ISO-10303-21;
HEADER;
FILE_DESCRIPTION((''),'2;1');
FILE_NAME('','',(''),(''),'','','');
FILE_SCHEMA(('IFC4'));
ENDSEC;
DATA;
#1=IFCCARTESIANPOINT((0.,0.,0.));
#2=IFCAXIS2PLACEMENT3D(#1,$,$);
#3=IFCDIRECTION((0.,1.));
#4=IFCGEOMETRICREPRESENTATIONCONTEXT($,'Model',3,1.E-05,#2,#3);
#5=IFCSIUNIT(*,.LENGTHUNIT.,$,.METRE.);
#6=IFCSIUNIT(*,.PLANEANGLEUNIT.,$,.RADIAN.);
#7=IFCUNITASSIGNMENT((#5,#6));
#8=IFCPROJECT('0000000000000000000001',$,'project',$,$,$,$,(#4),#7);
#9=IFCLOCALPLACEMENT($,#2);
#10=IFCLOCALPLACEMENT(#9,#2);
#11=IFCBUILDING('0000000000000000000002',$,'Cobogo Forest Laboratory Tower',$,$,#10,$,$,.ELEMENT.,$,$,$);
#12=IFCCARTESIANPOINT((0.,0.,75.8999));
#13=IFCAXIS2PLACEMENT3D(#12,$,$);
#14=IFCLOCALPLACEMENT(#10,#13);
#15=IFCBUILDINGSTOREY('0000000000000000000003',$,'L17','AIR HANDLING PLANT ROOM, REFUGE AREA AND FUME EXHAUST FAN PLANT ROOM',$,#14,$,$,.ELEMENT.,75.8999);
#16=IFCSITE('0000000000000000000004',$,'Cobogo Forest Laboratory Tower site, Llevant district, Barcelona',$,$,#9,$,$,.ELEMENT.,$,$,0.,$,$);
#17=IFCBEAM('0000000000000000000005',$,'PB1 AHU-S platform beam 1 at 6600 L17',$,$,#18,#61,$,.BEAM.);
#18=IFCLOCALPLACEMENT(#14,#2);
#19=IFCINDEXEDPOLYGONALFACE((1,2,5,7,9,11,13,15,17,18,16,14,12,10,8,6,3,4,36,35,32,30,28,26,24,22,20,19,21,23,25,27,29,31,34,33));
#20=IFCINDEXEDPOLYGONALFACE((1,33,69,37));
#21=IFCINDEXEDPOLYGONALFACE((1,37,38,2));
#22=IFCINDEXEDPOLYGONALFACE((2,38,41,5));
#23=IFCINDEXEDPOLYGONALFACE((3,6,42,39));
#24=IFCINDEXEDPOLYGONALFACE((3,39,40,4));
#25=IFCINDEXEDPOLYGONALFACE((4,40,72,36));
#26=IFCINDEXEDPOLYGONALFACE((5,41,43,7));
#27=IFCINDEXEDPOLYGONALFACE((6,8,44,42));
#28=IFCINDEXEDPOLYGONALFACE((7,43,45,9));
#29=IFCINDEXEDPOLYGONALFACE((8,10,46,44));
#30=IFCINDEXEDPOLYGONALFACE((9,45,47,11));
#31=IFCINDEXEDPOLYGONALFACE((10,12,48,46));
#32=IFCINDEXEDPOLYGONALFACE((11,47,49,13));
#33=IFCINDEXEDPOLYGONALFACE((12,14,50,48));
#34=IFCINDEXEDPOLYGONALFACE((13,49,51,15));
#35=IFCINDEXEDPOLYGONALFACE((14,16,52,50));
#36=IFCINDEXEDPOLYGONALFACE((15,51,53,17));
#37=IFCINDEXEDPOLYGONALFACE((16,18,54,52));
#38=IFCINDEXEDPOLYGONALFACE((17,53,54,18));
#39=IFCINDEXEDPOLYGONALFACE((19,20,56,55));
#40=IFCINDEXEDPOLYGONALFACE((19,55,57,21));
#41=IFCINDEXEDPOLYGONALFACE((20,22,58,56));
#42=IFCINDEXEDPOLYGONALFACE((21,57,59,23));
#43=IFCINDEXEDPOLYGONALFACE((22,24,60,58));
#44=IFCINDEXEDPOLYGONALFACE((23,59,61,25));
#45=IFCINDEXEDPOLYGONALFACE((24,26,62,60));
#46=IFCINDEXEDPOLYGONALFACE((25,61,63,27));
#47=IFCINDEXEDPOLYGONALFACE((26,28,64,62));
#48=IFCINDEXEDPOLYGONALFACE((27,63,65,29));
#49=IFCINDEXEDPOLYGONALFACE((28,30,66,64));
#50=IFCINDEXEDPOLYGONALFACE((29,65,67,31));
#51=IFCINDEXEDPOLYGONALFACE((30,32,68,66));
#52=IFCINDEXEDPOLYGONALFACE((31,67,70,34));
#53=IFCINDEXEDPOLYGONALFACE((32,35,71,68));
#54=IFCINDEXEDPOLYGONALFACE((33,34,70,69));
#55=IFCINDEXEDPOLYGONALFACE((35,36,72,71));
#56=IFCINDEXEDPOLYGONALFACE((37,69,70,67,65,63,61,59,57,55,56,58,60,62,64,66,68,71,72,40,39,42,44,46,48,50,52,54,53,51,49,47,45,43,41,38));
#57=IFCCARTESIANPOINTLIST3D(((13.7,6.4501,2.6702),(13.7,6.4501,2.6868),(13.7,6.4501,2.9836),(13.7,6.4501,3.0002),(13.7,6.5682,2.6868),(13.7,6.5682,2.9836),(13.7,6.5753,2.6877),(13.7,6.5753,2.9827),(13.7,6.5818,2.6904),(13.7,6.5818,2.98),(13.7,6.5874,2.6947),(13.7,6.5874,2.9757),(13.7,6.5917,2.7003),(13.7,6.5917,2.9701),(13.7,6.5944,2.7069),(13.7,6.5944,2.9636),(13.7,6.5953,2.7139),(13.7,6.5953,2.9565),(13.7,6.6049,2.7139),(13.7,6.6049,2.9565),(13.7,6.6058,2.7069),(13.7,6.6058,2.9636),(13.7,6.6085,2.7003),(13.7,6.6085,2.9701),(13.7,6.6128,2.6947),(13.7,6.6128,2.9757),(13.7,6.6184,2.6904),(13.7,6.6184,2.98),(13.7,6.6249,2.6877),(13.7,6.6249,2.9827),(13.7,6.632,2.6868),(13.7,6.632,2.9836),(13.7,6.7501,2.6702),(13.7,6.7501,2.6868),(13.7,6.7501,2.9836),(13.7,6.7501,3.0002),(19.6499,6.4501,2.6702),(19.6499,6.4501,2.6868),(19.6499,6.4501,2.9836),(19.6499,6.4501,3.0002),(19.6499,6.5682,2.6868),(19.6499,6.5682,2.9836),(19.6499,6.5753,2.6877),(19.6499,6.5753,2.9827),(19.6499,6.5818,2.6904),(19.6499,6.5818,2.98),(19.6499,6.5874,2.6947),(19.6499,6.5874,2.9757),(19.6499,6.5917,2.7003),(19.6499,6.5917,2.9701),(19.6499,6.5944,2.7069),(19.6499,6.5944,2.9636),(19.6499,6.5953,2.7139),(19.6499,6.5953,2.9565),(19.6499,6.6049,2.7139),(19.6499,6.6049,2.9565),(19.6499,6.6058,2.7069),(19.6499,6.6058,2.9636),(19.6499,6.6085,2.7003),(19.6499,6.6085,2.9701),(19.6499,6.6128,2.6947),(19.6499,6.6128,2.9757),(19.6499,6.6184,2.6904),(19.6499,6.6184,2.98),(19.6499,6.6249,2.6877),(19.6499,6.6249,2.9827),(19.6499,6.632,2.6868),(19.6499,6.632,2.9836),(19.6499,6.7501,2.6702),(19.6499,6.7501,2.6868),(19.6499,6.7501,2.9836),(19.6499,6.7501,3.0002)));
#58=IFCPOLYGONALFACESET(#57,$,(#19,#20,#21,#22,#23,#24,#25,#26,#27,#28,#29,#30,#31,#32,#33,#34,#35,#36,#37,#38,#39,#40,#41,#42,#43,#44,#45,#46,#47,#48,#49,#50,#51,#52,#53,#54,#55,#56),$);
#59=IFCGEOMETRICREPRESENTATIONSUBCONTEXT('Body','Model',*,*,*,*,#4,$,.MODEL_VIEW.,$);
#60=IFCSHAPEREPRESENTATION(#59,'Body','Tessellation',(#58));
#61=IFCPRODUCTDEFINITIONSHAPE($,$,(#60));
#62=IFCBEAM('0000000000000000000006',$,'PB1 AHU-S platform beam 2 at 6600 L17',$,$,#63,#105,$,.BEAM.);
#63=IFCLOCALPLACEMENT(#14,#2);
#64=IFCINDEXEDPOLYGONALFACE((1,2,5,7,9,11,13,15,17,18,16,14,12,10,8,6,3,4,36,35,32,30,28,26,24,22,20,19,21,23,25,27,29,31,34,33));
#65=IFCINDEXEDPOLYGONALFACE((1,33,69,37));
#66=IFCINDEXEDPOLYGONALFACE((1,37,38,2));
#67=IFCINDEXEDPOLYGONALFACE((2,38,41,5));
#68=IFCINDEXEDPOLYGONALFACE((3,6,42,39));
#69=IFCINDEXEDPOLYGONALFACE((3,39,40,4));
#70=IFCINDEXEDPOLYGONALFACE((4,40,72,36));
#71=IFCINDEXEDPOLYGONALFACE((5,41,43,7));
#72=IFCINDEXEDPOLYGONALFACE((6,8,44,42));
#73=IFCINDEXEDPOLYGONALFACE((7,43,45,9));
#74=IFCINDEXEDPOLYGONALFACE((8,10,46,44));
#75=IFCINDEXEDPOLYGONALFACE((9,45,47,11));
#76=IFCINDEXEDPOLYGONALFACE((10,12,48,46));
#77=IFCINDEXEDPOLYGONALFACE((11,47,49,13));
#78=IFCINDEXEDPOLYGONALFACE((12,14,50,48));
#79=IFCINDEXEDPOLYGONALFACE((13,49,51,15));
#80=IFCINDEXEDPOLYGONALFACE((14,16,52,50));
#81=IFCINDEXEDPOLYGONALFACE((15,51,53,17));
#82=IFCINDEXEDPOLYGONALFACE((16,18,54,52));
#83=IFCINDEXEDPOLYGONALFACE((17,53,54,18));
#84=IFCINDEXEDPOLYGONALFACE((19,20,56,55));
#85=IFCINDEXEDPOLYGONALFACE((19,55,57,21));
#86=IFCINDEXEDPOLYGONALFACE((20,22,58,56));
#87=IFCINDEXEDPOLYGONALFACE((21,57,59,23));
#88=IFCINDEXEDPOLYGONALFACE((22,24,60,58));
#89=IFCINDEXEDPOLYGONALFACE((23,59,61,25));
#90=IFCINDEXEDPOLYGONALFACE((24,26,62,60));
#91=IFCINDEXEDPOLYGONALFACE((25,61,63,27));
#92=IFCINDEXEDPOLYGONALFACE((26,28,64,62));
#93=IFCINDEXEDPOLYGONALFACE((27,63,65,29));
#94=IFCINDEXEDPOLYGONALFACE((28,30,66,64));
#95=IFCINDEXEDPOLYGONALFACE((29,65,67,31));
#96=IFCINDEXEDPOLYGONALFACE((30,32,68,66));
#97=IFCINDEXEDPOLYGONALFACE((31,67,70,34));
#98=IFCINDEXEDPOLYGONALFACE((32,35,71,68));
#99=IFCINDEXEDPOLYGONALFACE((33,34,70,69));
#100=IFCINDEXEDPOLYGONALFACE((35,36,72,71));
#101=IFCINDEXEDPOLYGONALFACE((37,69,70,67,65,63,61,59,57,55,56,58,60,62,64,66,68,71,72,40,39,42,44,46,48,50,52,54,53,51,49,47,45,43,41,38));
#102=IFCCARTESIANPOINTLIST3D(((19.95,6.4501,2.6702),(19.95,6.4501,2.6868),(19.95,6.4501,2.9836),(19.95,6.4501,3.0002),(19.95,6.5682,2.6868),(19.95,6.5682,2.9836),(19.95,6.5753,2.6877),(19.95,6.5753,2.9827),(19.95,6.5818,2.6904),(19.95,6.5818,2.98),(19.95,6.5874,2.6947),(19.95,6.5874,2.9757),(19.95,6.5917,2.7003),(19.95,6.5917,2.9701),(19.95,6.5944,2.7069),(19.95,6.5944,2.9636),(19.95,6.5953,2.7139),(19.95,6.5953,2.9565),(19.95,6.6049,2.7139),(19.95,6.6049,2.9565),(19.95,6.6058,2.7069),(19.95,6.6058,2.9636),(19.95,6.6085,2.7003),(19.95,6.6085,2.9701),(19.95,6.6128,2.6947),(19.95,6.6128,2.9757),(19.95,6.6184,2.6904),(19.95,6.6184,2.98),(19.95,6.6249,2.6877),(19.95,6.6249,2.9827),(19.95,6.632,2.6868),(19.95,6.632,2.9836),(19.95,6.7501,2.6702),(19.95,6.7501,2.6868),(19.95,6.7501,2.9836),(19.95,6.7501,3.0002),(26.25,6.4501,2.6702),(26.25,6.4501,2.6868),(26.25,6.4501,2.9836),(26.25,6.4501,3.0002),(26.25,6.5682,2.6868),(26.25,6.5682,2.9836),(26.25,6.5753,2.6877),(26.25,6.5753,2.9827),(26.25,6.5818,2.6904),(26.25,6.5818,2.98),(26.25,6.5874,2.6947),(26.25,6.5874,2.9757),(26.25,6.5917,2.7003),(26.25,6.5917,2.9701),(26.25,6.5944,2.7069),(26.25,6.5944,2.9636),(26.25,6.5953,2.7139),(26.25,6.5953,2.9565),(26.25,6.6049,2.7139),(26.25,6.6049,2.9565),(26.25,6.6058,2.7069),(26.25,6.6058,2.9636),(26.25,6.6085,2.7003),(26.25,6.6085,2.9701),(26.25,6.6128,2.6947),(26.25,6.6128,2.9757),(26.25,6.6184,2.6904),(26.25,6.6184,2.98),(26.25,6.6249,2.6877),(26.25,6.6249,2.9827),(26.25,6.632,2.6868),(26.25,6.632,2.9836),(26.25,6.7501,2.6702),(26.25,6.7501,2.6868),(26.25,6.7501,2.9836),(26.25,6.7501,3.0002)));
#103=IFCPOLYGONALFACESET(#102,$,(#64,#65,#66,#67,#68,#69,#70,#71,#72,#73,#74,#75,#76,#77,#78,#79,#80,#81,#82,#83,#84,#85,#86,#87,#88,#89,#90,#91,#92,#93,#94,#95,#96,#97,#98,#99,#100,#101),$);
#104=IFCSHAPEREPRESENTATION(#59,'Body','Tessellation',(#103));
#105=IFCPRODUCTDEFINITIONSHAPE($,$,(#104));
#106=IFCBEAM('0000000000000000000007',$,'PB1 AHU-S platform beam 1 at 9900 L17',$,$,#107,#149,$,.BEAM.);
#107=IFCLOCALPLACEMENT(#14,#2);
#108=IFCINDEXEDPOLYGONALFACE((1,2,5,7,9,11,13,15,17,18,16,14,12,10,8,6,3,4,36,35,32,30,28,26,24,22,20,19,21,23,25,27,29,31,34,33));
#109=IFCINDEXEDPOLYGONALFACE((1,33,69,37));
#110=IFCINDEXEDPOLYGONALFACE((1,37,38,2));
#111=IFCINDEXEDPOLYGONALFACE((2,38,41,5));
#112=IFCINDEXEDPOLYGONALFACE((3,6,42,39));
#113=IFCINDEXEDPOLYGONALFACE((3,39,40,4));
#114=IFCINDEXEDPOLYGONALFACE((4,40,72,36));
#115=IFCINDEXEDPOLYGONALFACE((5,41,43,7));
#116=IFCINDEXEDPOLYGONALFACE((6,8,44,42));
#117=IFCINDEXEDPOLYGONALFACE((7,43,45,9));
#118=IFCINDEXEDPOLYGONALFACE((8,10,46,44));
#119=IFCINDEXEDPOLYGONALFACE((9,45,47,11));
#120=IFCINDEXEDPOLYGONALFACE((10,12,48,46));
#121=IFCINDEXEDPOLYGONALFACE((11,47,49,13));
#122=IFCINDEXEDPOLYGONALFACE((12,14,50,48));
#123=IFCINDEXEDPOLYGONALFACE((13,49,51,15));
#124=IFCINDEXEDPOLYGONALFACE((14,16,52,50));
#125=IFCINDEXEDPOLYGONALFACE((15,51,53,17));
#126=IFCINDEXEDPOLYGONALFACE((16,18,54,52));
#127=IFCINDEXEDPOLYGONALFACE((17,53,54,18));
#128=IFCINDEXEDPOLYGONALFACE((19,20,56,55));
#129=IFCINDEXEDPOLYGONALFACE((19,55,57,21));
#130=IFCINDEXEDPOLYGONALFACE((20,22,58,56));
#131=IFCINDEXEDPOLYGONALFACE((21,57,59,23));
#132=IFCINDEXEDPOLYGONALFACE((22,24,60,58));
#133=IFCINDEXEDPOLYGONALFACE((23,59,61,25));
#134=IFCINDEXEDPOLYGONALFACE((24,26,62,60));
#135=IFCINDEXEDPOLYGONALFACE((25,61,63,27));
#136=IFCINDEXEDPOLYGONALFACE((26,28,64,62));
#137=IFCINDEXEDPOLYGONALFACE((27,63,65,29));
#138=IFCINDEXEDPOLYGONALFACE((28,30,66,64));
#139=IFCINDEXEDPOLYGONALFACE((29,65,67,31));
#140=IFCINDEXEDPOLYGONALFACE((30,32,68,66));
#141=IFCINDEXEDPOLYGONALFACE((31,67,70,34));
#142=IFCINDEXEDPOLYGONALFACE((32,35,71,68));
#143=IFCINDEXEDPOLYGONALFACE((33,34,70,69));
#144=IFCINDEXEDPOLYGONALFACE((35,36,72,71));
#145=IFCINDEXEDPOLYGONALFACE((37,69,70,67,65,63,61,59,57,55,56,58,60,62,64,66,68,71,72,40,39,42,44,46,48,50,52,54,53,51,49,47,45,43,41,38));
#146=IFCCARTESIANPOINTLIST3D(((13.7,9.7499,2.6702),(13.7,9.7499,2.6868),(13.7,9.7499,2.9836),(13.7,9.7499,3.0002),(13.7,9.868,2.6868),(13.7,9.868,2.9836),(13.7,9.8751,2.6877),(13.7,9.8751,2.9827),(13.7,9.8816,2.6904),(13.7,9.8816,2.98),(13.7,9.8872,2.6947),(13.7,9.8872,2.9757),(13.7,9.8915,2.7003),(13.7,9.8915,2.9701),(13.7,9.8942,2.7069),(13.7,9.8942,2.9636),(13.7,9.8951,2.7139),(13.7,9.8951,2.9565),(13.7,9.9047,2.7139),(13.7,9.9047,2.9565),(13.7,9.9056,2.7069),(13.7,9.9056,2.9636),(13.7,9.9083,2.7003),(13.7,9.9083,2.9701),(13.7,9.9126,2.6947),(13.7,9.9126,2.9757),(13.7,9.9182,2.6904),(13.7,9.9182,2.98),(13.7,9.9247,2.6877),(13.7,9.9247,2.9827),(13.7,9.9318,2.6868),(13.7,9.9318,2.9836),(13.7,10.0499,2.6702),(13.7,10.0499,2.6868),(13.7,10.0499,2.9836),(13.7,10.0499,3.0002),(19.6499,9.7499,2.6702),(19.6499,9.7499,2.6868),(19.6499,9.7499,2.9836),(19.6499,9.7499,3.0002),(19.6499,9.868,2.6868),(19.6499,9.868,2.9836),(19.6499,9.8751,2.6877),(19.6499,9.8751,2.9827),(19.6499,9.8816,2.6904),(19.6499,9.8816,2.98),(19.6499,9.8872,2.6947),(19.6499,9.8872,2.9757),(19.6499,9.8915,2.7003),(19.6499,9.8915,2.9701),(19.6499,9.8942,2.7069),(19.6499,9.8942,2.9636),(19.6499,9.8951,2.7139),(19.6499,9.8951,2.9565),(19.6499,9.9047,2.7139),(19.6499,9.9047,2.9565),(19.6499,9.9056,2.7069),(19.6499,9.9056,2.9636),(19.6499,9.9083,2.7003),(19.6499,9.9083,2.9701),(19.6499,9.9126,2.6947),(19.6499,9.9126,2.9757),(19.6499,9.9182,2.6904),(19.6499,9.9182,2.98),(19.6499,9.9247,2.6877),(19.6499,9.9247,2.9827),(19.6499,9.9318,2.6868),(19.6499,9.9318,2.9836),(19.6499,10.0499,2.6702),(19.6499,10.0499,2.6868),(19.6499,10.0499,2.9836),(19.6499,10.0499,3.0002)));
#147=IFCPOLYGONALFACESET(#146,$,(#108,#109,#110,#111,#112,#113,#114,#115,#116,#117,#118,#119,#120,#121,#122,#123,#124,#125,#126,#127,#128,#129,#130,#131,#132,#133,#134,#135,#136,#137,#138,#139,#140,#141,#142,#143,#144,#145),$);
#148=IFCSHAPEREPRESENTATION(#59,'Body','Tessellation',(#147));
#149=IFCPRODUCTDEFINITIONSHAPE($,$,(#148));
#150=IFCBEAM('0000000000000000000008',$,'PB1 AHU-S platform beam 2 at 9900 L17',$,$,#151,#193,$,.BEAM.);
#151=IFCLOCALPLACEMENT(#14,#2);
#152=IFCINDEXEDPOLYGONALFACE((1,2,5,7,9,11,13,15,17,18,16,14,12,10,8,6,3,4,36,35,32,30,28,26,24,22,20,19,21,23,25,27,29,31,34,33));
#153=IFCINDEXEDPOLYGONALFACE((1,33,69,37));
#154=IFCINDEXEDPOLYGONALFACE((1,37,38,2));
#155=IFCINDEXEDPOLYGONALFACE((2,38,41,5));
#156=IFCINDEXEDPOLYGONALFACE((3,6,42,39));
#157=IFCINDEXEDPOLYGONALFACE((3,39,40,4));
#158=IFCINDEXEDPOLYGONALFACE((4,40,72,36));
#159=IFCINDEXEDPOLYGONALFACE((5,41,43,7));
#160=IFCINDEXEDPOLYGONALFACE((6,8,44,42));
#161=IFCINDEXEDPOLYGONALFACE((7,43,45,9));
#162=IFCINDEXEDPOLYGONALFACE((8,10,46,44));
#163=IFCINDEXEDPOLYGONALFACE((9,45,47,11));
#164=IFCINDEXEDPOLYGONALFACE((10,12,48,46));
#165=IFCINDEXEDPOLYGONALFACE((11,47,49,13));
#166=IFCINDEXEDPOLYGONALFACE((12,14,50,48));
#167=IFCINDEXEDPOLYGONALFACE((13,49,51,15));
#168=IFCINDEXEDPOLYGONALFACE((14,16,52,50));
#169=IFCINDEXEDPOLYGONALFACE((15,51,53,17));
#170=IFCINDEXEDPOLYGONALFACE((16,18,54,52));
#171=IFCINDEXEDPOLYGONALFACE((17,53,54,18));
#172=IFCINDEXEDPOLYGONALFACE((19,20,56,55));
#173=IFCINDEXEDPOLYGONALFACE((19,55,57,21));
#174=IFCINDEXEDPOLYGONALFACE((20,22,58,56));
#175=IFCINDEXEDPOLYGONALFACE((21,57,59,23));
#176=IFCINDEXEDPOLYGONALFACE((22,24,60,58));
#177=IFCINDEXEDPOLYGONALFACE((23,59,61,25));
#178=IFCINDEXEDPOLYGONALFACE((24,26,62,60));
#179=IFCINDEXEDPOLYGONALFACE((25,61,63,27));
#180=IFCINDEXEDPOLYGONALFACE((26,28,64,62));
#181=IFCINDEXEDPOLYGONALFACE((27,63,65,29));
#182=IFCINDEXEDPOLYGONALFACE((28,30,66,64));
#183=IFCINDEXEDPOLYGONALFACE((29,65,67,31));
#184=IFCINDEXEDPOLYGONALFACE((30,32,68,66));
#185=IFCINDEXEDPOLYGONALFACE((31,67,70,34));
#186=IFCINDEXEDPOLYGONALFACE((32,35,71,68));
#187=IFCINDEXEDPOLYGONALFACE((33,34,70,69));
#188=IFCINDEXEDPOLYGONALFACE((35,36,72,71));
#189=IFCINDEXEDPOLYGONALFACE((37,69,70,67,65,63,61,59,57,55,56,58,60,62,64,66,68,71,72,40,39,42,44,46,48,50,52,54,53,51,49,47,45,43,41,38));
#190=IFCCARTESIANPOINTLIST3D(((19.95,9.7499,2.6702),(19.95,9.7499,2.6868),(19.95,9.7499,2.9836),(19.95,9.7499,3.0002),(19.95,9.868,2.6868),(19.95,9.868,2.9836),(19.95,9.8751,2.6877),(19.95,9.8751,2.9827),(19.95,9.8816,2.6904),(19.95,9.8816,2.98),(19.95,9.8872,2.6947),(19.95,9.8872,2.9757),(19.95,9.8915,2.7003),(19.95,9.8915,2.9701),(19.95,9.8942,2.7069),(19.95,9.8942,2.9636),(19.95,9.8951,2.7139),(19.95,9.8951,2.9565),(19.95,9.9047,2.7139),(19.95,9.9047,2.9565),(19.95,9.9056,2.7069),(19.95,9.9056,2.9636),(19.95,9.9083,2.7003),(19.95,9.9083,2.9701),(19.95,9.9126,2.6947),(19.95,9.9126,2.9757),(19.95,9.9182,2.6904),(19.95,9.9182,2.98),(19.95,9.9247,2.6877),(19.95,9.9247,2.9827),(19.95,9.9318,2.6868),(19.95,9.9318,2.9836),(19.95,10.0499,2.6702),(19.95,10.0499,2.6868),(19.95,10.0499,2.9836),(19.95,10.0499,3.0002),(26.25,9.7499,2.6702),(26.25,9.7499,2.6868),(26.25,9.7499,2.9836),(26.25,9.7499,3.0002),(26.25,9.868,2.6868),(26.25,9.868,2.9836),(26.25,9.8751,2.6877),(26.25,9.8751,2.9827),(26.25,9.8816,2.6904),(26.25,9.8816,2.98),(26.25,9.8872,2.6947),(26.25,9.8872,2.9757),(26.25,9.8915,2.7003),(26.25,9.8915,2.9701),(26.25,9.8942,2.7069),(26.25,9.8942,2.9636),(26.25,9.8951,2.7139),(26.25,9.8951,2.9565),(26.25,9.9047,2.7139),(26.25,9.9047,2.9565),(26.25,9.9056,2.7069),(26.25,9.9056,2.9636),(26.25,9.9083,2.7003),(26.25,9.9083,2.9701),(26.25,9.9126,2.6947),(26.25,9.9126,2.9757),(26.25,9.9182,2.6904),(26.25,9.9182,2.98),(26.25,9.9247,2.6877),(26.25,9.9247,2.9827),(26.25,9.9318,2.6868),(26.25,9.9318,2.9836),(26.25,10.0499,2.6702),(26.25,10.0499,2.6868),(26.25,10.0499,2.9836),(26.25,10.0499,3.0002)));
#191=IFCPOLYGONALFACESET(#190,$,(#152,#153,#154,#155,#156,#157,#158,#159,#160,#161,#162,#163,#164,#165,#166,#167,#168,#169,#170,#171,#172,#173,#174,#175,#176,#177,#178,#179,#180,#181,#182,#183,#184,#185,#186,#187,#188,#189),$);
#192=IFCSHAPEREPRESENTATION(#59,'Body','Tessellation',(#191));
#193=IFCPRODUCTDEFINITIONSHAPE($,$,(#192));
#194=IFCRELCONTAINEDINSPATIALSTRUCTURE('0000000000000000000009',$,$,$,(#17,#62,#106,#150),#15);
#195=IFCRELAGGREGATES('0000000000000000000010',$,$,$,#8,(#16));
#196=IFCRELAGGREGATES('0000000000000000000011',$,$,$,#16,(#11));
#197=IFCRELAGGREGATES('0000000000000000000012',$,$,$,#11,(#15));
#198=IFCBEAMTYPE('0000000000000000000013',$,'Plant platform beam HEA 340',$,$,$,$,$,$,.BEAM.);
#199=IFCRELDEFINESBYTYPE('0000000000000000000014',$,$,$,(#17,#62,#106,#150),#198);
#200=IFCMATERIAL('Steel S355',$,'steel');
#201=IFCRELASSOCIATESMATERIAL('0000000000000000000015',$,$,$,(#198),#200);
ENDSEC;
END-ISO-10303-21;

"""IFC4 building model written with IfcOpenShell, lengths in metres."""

from ifc_helpers import new_model, si_unit, direction, frame, origin, origin_2d, place, context, subcontext, project, spatial, i_section, extrude, material, material_profile, profile_set, type_object, element, save


model = new_model("IFC4")

# Units and contexts
model_context = context("Model", 3, precision=1e-05, world=origin(), true_north=direction((0.0, 1.0)))
body_context = subcontext(model_context, "Body", "Model", "MODEL_VIEW")
ifc_project = project(units=[si_unit("LENGTHUNIT", "METRE"), si_unit("PLANEANGLEUNIT", "RADIAN")], contexts=[model_context])

# Site, building, storey
site_placement = place(None, origin())
site = spatial("IfcSite", under=ifc_project, at=site_placement, Name="Cobogo Forest Laboratory Tower site, Llevant district, Barcelona", CompositionType="ELEMENT", RefElevation=0.0)
building_placement = place(site_placement, origin())
building = spatial("IfcBuilding", under=site, at=building_placement, Name="Cobogo Forest Laboratory Tower", CompositionType="ELEMENT")
storey_placement = place(building_placement, frame((0.0, 0.0, 75.8999)))
storey = spatial("IfcBuildingStorey", under=building, at=storey_placement, Name="L17", Description="AIR HANDLING PLANT ROOM, REFUGE AREA AND FUME EXHAUST FAN PLANT ROOM", CompositionType="ELEMENT", Elevation=75.8999)

# Beams
ifc_material_1 = material(Name="Steel S355", Category="steel")
ifc_material_profile_1 = material_profile(ifc_material_1, i_section(OverallWidth=0.3, OverallDepth=0.3301, WebThickness=0.0095, FlangeThickness=0.0166, FilletRadius=0.0271, at=origin_2d()), Name="HEA 340")
ifc_profile_set_1 = profile_set([ifc_material_profile_1], Name="Steel S355")
beam_type_1 = type_object("IfcBeamType", Name="Plant platform beam HEA 340", PredefinedType="BEAM", material=ifc_profile_set_1)
beam_1_placement = place(storey_placement, frame((13.7, 6.6001, 2.8352), z_axis=(1.0, 0.0, 0.0), x_axis=(0.0, 1.0, 0.0)))
element("IfcBeam", 1, at=beam_1_placement, inside=storey, type_object=beam_type_1, Name="PB1 AHU-S platform beam 1 at 6600 L17", PredefinedType="BEAM", context=body_context, shape_type="SweptSolid", body=[
    extrude(i_section(OverallWidth=0.3, OverallDepth=0.3301, WebThickness=0.0095, FlangeThickness=0.0166, FilletRadius=0.0271, at=origin_2d()), origin(), (0.0, 0.0, 1.0), 5.95),
])
beam_2_placement = place(storey_placement, frame((19.95, 6.6001, 2.8352), z_axis=(1.0, 0.0, 0.0), x_axis=(0.0, 1.0, 0.0)))
element("IfcBeam", 2, at=beam_2_placement, inside=storey, type_object=beam_type_1, Name="PB1 AHU-S platform beam 2 at 6600 L17", PredefinedType="BEAM", context=body_context, shape_type="SweptSolid", body=[
    extrude(i_section(OverallWidth=0.3, OverallDepth=0.3301, WebThickness=0.0095, FlangeThickness=0.0166, FilletRadius=0.0271, at=origin_2d()), origin(), (0.0, 0.0, 1.0), 6.3),
])
beam_3_placement = place(storey_placement, frame((13.7, 9.8999, 2.8352), z_axis=(1.0, 0.0, 0.0), x_axis=(0.0, 1.0, 0.0)))
element("IfcBeam", 3, at=beam_3_placement, inside=storey, type_object=beam_type_1, Name="PB1 AHU-S platform beam 1 at 9900 L17", PredefinedType="BEAM", context=body_context, shape_type="SweptSolid", body=[
    extrude(i_section(OverallWidth=0.3, OverallDepth=0.3301, WebThickness=0.0095, FlangeThickness=0.0166, FilletRadius=0.0271, at=origin_2d()), origin(), (0.0, 0.0, 1.0), 5.95),
])
beam_4_placement = place(storey_placement, frame((19.95, 9.8999, 2.8352), z_axis=(1.0, 0.0, 0.0), x_axis=(0.0, 1.0, 0.0)))
element("IfcBeam", 4, at=beam_4_placement, inside=storey, type_object=beam_type_1, Name="PB1 AHU-S platform beam 2 at 9900 L17", PredefinedType="BEAM", context=body_context, shape_type="SweptSolid", body=[
    extrude(i_section(OverallWidth=0.3, OverallDepth=0.3301, WebThickness=0.0095, FlangeThickness=0.0166, FilletRadius=0.0271, at=origin_2d()), origin(), (0.0, 0.0, 1.0), 6.3),
])

save(model, "model.ifc")
